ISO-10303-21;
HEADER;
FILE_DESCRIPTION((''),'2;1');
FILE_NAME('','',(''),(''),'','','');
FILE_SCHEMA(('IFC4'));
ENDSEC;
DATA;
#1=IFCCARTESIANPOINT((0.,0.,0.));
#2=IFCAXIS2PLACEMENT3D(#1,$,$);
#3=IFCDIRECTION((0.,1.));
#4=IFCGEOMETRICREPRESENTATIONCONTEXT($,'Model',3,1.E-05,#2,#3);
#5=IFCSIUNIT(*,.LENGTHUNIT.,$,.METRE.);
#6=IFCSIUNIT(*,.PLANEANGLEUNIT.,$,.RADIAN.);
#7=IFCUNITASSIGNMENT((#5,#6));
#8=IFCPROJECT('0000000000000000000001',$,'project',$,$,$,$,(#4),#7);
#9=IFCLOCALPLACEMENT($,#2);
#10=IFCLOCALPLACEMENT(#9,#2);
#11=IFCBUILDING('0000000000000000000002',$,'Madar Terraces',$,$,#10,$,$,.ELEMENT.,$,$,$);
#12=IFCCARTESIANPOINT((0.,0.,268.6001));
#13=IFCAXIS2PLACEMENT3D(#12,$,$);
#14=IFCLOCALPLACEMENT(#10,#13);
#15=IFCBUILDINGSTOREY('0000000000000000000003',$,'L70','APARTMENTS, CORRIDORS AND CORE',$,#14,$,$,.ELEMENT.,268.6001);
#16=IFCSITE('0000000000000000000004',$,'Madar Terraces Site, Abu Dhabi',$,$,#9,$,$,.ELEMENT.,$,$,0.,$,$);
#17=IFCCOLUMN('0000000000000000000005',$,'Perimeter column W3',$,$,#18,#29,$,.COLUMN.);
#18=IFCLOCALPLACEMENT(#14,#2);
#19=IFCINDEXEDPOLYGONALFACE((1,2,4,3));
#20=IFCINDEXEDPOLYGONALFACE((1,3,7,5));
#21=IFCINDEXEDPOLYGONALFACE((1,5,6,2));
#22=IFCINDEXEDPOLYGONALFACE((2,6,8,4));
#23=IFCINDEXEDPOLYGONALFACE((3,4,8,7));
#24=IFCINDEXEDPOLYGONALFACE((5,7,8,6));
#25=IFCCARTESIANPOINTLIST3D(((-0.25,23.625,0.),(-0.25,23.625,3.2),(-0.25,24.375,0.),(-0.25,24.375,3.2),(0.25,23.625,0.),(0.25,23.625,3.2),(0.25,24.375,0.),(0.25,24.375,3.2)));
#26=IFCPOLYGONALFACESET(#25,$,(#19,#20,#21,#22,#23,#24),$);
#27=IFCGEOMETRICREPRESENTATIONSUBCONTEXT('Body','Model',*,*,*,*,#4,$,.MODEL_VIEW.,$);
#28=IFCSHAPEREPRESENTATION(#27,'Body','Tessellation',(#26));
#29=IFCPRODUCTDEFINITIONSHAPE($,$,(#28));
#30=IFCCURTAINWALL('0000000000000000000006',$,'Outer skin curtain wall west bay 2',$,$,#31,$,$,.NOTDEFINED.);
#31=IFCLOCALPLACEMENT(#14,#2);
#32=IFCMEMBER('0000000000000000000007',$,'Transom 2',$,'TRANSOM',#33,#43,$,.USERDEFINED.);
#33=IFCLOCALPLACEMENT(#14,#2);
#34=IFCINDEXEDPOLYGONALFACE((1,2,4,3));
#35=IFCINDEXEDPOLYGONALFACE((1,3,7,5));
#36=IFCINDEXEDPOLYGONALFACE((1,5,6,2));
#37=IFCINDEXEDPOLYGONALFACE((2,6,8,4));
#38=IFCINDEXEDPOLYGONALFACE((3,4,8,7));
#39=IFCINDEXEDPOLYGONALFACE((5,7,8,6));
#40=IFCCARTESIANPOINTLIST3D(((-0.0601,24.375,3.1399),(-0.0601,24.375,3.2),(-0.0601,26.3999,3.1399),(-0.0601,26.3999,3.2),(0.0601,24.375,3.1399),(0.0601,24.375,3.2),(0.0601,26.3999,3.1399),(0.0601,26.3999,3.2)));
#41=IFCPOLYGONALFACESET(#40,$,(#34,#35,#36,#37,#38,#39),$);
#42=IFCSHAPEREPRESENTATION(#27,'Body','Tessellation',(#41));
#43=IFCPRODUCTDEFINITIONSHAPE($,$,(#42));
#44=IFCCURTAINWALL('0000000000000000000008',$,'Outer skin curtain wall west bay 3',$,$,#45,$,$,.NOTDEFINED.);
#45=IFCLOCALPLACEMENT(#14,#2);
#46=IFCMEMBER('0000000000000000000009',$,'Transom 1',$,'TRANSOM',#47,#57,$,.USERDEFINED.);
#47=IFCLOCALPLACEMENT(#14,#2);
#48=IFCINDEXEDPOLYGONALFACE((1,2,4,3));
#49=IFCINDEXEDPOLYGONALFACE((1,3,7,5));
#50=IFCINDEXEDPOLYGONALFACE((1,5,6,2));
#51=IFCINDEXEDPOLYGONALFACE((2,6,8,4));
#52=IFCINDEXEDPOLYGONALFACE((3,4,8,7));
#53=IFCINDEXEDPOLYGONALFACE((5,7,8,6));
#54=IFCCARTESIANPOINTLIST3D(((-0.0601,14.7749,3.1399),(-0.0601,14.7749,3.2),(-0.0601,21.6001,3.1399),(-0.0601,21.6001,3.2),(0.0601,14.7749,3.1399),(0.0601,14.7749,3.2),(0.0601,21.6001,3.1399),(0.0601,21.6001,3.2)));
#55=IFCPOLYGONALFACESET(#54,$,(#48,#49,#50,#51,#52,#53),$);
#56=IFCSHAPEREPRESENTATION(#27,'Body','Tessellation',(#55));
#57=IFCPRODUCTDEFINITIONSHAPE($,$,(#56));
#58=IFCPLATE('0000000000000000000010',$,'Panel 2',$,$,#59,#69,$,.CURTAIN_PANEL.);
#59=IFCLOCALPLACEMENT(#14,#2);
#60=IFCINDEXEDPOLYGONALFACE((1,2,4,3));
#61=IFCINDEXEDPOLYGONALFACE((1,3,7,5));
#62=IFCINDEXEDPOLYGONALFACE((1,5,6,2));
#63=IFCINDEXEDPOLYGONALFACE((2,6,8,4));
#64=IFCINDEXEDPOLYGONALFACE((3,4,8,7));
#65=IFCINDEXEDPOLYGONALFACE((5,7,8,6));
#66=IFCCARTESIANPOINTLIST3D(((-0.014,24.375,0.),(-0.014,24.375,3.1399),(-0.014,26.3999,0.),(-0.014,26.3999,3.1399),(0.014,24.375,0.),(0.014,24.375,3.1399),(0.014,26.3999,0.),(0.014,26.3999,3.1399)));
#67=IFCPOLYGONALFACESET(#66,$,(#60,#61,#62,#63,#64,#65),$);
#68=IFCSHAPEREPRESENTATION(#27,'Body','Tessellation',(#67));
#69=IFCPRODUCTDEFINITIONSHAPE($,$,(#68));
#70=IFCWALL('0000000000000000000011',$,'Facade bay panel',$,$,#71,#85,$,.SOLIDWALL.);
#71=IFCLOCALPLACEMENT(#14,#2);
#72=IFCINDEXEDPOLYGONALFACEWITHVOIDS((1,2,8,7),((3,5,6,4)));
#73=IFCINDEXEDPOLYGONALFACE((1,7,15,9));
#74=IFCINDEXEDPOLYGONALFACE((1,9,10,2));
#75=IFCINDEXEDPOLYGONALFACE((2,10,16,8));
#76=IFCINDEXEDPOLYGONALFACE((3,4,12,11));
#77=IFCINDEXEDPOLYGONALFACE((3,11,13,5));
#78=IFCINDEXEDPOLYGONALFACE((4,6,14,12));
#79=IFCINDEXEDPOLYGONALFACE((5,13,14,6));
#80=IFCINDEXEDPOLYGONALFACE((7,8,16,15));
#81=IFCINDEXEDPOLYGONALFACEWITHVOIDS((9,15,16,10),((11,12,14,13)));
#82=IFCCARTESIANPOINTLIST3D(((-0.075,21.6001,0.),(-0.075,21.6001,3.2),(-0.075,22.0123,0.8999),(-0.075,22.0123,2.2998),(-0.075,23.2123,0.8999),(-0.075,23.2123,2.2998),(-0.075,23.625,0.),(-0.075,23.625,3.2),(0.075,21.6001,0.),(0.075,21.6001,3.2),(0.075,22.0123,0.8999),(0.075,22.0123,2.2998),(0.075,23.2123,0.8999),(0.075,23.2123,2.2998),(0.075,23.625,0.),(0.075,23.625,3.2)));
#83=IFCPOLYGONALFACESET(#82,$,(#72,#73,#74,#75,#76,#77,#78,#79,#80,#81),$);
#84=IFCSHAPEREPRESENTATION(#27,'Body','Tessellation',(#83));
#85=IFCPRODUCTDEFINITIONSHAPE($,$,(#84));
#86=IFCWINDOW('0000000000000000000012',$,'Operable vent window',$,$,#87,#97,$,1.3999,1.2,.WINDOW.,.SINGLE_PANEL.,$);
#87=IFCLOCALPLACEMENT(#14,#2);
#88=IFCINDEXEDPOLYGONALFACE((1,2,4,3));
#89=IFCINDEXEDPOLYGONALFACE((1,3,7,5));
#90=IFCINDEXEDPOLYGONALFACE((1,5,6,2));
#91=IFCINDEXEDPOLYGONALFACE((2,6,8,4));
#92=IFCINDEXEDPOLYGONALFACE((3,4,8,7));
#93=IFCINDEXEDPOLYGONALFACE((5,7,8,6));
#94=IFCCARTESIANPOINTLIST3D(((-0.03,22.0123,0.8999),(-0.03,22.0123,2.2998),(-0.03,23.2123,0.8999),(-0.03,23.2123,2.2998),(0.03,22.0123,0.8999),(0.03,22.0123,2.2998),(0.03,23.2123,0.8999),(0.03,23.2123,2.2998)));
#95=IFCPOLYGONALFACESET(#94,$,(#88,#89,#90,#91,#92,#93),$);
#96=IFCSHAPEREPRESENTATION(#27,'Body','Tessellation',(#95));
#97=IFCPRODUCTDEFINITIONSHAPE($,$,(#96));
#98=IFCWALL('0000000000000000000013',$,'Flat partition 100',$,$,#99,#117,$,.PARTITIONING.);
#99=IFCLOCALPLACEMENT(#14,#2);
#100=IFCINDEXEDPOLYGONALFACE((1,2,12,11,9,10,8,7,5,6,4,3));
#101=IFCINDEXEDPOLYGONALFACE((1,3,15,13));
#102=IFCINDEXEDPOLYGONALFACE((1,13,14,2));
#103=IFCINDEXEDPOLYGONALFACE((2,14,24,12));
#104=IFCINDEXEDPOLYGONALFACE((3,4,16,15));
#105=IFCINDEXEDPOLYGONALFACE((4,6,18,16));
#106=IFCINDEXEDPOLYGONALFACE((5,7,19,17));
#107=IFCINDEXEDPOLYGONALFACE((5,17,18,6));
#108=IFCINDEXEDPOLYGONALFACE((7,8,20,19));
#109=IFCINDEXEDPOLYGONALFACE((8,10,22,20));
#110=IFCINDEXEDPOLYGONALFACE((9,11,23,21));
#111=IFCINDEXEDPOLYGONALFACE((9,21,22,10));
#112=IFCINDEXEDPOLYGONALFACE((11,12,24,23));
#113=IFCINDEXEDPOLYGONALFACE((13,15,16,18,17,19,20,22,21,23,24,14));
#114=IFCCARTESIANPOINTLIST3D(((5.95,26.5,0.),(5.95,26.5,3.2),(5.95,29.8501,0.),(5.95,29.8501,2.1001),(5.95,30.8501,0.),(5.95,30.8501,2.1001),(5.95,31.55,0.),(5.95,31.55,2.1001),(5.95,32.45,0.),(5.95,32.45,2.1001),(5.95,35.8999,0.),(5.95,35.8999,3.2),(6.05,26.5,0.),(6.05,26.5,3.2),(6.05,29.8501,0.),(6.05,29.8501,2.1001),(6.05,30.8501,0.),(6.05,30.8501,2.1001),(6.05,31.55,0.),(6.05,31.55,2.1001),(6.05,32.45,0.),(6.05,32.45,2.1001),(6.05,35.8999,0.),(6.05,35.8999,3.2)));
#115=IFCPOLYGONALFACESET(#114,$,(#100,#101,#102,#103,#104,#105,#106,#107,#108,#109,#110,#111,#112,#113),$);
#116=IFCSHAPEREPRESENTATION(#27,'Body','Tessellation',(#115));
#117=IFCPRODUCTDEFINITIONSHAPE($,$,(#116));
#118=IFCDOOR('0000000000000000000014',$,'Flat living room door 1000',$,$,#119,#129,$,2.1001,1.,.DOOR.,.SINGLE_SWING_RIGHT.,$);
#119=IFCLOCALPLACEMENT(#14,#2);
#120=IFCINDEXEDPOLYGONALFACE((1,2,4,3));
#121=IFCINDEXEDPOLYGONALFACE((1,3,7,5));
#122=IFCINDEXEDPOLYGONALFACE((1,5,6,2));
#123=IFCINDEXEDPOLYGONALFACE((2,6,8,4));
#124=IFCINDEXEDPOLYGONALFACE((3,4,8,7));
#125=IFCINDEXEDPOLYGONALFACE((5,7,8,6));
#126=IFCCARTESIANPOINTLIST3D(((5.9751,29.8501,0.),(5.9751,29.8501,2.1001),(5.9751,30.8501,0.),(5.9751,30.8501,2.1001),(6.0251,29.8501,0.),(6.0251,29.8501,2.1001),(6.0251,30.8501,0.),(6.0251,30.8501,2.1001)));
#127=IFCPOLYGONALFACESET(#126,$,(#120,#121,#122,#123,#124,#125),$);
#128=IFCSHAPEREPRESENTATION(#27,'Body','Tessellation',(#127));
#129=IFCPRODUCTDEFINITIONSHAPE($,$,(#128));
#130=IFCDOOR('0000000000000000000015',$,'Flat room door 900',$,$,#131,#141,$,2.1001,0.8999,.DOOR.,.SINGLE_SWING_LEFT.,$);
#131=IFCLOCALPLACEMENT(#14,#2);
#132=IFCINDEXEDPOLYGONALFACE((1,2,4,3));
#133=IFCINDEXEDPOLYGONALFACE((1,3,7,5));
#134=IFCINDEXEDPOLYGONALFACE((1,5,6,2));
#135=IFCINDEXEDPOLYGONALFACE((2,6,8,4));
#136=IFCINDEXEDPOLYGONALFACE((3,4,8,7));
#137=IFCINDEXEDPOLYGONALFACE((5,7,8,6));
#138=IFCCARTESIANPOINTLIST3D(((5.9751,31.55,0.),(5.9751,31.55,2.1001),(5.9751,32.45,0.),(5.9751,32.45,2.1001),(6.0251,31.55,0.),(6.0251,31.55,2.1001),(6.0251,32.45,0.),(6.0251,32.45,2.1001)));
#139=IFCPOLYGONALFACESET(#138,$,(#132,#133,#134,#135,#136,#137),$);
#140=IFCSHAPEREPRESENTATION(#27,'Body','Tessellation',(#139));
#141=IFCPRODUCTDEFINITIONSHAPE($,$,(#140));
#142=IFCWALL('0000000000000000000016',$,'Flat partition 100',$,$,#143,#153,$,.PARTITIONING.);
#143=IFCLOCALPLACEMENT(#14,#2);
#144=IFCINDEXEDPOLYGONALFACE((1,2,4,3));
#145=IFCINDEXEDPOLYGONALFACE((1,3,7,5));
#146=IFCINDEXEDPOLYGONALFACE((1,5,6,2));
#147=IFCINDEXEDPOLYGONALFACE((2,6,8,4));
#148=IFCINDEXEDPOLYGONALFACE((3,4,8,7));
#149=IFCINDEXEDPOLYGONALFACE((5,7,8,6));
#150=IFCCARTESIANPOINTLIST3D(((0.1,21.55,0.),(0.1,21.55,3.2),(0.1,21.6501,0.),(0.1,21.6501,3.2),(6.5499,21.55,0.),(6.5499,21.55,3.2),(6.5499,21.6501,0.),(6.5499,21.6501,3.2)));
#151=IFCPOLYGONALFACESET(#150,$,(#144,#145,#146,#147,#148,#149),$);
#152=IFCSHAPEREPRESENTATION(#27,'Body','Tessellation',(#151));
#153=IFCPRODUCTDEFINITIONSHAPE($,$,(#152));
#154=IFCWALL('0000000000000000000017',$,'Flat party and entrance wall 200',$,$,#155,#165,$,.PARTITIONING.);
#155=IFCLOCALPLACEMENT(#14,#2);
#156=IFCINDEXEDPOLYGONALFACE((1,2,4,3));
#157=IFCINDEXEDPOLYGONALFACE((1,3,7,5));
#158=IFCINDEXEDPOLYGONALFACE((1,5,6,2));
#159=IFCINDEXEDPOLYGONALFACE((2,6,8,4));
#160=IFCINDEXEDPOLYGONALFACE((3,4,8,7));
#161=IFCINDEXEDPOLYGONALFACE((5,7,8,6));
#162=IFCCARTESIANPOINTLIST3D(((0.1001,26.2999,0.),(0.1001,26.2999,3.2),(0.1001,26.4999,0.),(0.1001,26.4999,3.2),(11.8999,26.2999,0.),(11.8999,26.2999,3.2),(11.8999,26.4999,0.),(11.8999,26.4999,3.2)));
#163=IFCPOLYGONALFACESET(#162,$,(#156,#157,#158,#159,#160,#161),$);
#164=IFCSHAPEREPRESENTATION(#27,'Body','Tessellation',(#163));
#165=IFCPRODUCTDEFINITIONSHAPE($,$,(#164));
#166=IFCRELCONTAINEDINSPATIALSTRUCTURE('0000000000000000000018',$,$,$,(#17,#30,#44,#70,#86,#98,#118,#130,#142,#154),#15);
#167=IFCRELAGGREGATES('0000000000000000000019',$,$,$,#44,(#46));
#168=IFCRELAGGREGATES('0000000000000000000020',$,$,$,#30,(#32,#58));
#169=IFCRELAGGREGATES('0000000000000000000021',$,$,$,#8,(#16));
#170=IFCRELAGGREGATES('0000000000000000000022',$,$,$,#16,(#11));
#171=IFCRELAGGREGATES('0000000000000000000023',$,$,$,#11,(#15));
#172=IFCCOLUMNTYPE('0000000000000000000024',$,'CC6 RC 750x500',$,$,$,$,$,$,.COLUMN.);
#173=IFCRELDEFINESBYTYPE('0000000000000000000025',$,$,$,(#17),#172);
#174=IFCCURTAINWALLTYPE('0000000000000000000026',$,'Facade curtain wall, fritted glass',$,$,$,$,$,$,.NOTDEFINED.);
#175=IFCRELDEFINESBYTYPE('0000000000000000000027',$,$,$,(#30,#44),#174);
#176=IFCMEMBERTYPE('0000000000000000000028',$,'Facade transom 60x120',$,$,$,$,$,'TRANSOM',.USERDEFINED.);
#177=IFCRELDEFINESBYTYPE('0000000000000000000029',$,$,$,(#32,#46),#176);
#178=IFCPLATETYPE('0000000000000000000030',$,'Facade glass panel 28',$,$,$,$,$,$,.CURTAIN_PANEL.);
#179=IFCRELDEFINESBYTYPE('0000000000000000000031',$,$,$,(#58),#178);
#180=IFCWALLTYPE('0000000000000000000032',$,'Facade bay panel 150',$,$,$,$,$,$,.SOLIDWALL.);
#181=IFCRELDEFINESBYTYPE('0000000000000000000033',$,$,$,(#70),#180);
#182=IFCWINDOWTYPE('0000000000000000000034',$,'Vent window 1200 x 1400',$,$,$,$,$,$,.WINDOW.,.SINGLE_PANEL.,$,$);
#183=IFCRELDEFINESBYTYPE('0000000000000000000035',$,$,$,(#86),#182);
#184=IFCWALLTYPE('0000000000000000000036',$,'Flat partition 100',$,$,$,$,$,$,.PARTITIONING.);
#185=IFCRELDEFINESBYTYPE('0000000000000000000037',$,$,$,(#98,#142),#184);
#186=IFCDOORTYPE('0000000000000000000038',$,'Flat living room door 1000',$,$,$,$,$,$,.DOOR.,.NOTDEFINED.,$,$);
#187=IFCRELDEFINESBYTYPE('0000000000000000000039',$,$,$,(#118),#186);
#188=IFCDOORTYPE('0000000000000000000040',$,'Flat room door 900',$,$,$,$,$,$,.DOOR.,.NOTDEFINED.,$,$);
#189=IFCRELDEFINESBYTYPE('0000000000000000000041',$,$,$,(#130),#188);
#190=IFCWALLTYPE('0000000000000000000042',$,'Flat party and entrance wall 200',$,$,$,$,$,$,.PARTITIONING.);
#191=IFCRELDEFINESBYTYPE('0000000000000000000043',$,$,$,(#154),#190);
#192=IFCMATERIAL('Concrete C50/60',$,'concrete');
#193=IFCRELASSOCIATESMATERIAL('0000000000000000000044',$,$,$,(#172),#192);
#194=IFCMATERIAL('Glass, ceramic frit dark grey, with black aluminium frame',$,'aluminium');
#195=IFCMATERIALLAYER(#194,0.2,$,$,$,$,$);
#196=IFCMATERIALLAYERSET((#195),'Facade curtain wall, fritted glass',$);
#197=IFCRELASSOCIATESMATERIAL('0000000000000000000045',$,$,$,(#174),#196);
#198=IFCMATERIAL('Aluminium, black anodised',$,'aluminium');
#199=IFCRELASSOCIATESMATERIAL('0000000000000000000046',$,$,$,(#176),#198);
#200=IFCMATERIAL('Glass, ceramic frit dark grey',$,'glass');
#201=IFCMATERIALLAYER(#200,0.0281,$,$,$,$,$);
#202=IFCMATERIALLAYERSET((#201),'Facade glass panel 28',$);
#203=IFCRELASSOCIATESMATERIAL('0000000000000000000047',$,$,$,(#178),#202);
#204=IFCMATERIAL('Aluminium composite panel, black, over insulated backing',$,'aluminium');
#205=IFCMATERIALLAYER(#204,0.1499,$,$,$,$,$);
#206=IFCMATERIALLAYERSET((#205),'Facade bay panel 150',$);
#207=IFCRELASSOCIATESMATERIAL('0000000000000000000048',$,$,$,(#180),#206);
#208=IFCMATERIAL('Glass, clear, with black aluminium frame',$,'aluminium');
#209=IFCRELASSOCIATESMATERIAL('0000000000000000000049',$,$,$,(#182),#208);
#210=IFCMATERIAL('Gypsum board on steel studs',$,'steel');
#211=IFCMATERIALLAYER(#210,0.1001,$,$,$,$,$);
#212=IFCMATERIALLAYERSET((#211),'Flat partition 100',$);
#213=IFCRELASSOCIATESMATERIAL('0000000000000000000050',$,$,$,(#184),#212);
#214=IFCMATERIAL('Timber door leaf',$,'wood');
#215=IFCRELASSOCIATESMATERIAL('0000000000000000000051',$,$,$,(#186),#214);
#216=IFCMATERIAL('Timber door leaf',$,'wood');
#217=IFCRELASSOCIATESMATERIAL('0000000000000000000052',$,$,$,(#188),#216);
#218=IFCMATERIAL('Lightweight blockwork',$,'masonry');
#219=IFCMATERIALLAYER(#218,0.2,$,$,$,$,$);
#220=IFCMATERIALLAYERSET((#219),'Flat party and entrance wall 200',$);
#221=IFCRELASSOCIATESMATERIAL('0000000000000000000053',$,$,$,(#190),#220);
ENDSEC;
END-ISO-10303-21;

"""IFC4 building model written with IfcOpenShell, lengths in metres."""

from ifc_helpers import new_model, si_unit, direction, frame, frame_2d, origin, origin_2d, place, context, subcontext, project, spatial, rectangle, extrude, material, layer, layer_set, material_profile, profile_set, type_object, element, fill, aggregate, save


model = new_model("IFC4")

# Units and contexts
model_context = context("Model", 3, precision=1e-05, world=origin(), true_north=direction((0.0, 1.0)))
body_context = subcontext(model_context, "Body", "Model", "MODEL_VIEW")
ifc_project = project(units=[si_unit("LENGTHUNIT", "METRE"), si_unit("PLANEANGLEUNIT", "RADIAN")], contexts=[model_context])

# Site, building, storey
site_placement = place(None, origin())
site = spatial("IfcSite", under=ifc_project, at=site_placement, Name="Madar Terraces Site, Abu Dhabi", CompositionType="ELEMENT", RefElevation=0.0)
building_placement = place(site_placement, origin())
building = spatial("IfcBuilding", under=site, at=building_placement, Name="Madar Terraces", CompositionType="ELEMENT")
storey_placement = place(building_placement, frame((0.0, 0.0, 268.6001)))
storey = spatial("IfcBuildingStorey", under=building, at=storey_placement, Name="L70", Description="APARTMENTS, CORRIDORS AND CORE", CompositionType="ELEMENT", Elevation=268.6001)

# Column
ifc_material_1 = material(Name="Concrete C50/60", Category="concrete")
ifc_material_profile_1 = material_profile(ifc_material_1, rectangle(XDim=0.75, YDim=0.5, at=origin_2d()), Name="CC6 RC 750x500")
ifc_profile_set_1 = profile_set([ifc_material_profile_1], Name="Concrete C50/60")
column_type = type_object("IfcColumnType", Name="CC6 RC 750x500", PredefinedType="COLUMN", material=ifc_profile_set_1)
column_placement = place(storey_placement, frame((0.0, 24.0, 0.0), z_axis=(0.0, 0.0, 1.0), x_axis=(0.0, 1.0, 0.0)))
element("IfcColumn", 1, at=column_placement, inside=storey, type_object=column_type, Name="Perimeter column W3", PredefinedType="COLUMN", context=body_context, shape_type="SweptSolid", body=[
    extrude(rectangle(XDim=0.75, YDim=0.5, at=origin_2d()), origin(), (0.0, 0.0, 1.0), 3.2),
])

# Curtain walls, members
ifc_material_2 = material(Name="Glass, ceramic frit dark grey, with black aluminium frame", Category="aluminium")
ifc_layer_1 = layer(ifc_material_2, 0.2)
ifc_layer_set_1 = layer_set([ifc_layer_1], Name="Facade curtain wall, fritted glass")
curtain_wall_type = type_object("IfcCurtainWallType", Name="Facade curtain wall, fritted glass", PredefinedType="NOTDEFINED", material=ifc_layer_set_1)
curtain_wall_1_placement = place(storey_placement, origin())
curtain_wall_1 = element("IfcCurtainWall", 2, at=curtain_wall_1_placement, inside=storey, type_object=curtain_wall_type, Name="Outer skin curtain wall west bay 2", PredefinedType="NOTDEFINED")
ifc_material_3 = material(Name="Aluminium, black anodised", Category="aluminium")
ifc_material_profile_2 = material_profile(ifc_material_3, rectangle(XDim=0.1201, YDim=0.0601, at=origin_2d()), Name="Facade transom 60x120")
ifc_profile_set_2 = profile_set([ifc_material_profile_2], Name="Aluminium, black anodised")
member_type = type_object("IfcMemberType", Name="Facade transom 60x120", ElementType="TRANSOM", PredefinedType="USERDEFINED", material=ifc_profile_set_2)
member_1_placement = place(storey_placement, frame((0.0, 26.3999, 3.1699), z_axis=(0.0, -1.0, 0.0), x_axis=(1.0, 0.0, 0.0)))
member_1 = element("IfcMember", 3, at=member_1_placement, type_object=member_type, Name="Transom 2", ObjectType="TRANSOM", PredefinedType="USERDEFINED", context=body_context, shape_type="SweptSolid", body=[
    extrude(rectangle(XDim=0.1201, YDim=0.0601, at=origin_2d()), origin(), (0.0, 0.0, 1.0), 2.0249),
])
curtain_wall_2_placement = place(storey_placement, origin())
curtain_wall_2 = element("IfcCurtainWall", 4, at=curtain_wall_2_placement, inside=storey, type_object=curtain_wall_type, Name="Outer skin curtain wall west bay 3", PredefinedType="NOTDEFINED")
member_2_placement = place(storey_placement, frame((0.0, 21.6001, 3.1699), z_axis=(0.0, -1.0, 0.0), x_axis=(1.0, 0.0, 0.0)))
member_2 = element("IfcMember", 5, at=member_2_placement, type_object=member_type, Name="Transom 1", ObjectType="TRANSOM", PredefinedType="USERDEFINED", context=body_context, shape_type="SweptSolid", body=[
    extrude(rectangle(XDim=0.1201, YDim=0.0601, at=origin_2d()), origin(), (0.0, 0.0, 1.0), 6.8252),
])
aggregate(curtain_wall_2, [member_2])

# Plate
ifc_material_4 = material(Name="Glass, ceramic frit dark grey", Category="glass")
ifc_layer_2 = layer(ifc_material_4, 0.0281)
ifc_layer_set_2 = layer_set([ifc_layer_2], Name="Facade glass panel 28")
plate_type = type_object("IfcPlateType", Name="Facade glass panel 28", PredefinedType="CURTAIN_PANEL", material=ifc_layer_set_2)
plate_placement = place(storey_placement, frame((0.0, 25.3875, 0.0), z_axis=(0.0, 0.0, 1.0), x_axis=(0.0, -1.0, 0.0)))
plate = element("IfcPlate", 6, at=plate_placement, type_object=plate_type, Name="Panel 2", PredefinedType="CURTAIN_PANEL", context=body_context, shape_type="SweptSolid", body=[
    extrude(rectangle(XDim=2.0249, YDim=0.0281, at=origin_2d()), origin(), (0.0, 0.0, 1.0), 3.1399),
])
aggregate(curtain_wall_1, [member_1, plate])

# Shared definitions
ifc_material_5 = material(Name="Aluminium composite panel, black, over insulated backing", Category="aluminium")
ifc_layer_3 = layer(ifc_material_5, 0.1499)
ifc_layer_set_3 = layer_set([ifc_layer_3], Name="Facade bay panel 150")
wall_type_1 = type_object("IfcWallType", Name="Facade bay panel 150", PredefinedType="SOLIDWALL", material=ifc_layer_set_3)

# Wall, opening, window
wall_1_placement = place(storey_placement, frame((0.0, 23.625, 0.0), z_axis=(0.0, 0.0, 1.0), x_axis=(0.0, -1.0, 0.0)))
wall_1 = element("IfcWall", 7, at=wall_1_placement, inside=storey, type_object=wall_type_1, Name="Facade bay panel", PredefinedType="SOLIDWALL", context=body_context, shape_type="SweptSolid", body=[
    extrude(rectangle(XDim=2.0249, YDim=0.1499, at=frame_2d((1.0125, 0.0))), origin(), (0.0, 0.0, 1.0), 3.2),
])
opening_1_placement = place(wall_1_placement, frame((0.4126, 0.0, 0.8999)))
opening_1 = element("IfcOpeningElement", 8, at=opening_1_placement, cuts=wall_1, PredefinedType="OPENING", context=body_context, shape_type="SweptSolid", body=[
    extrude(rectangle(XDim=1.2, YDim=1.3999, at=frame_2d((0.6001, 0.7))), frame((0.0, 0.085, 0.0), z_axis=(0.0, -1.0, 0.0), x_axis=(1.0, 0.0, 0.0)), (0.0, 0.0, 1.0), 0.1699),
])
ifc_material_6 = material(Name="Glass, clear, with black aluminium frame", Category="aluminium")
window_type = type_object("IfcWindowType", Name="Vent window 1200 x 1400", PartitioningType="SINGLE_PANEL", PredefinedType="WINDOW", material=ifc_material_6)
window_placement = place(opening_1_placement, origin())
window = element("IfcWindow", 9, at=window_placement, inside=storey, type_object=window_type, Name="Operable vent window", OverallHeight=1.3999, OverallWidth=1.2, PartitioningType="SINGLE_PANEL", PredefinedType="WINDOW", context=body_context, shape_type="SweptSolid", body=[
    extrude(rectangle(XDim=1.2, YDim=1.3999, at=frame_2d((0.6001, 0.7))), frame((0.0, 0.03, 0.0), z_axis=(0.0, -1.0, 0.0), x_axis=(1.0, 0.0, 0.0)), (0.0, 0.0, 1.0), 0.0601),
])
fill(opening_1, window)

# Wall, openings, doors
ifc_material_7 = material(Name="Gypsum board on steel studs", Category="steel")
ifc_layer_4 = layer(ifc_material_7, 0.1001)
ifc_layer_set_4 = layer_set([ifc_layer_4], Name="Flat partition 100")
wall_type_2 = type_object("IfcWallType", Name="Flat partition 100", PredefinedType="PARTITIONING", material=ifc_layer_set_4)
wall_2_placement = place(storey_placement, frame((6.0, 26.5, 0.0), z_axis=(0.0, 0.0, 1.0), x_axis=(0.0, 1.0, 0.0)))
wall_2 = element("IfcWall", 10, at=wall_2_placement, inside=storey, type_object=wall_type_2, Name="Flat partition 100", PredefinedType="PARTITIONING", context=body_context, shape_type="SweptSolid", body=[
    extrude(rectangle(XDim=9.3999, YDim=0.1001, at=frame_2d((4.7, 0.0))), origin(), (0.0, 0.0, 1.0), 3.2),
])
opening_2_placement = place(wall_2_placement, frame((3.3501, 0.0, 0.0)))
opening_2 = element("IfcOpeningElement", 11, at=opening_2_placement, cuts=wall_2, PredefinedType="OPENING", context=body_context, shape_type="SweptSolid", body=[
    extrude(rectangle(XDim=1.0, YDim=2.1001, at=frame_2d((0.5, 1.05))), frame((0.0, 0.0601, 0.0), z_axis=(0.0, -1.0, 0.0), x_axis=(1.0, 0.0, 0.0)), (0.0, 0.0, 1.0), 0.1201),
])
opening_3_placement = place(wall_2_placement, frame((5.05, 0.0, 0.0)))
opening_3 = element("IfcOpeningElement", 12, at=opening_3_placement, cuts=wall_2, PredefinedType="OPENING", context=body_context, shape_type="SweptSolid", body=[
    extrude(rectangle(XDim=0.8999, YDim=2.1001, at=frame_2d((0.45, 1.05))), frame((0.0, 0.0601, 0.0), z_axis=(0.0, -1.0, 0.0), x_axis=(1.0, 0.0, 0.0)), (0.0, 0.0, 1.0), 0.1201),
])
ifc_material_8 = material(Name="Timber door leaf", Category="wood")
door_type_1 = type_object("IfcDoorType", Name="Flat living room door 1000", OperationType="NOTDEFINED", PredefinedType="DOOR", material=ifc_material_8)
door_1_placement = place(opening_2_placement, origin())
door_1 = element("IfcDoor", 13, at=door_1_placement, inside=storey, type_object=door_type_1, Name="Flat living room door 1000", OperationType="SINGLE_SWING_RIGHT", OverallHeight=2.1001, OverallWidth=1.0, PredefinedType="DOOR", context=body_context, shape_type="SweptSolid", body=[
    extrude(rectangle(XDim=1.0, YDim=2.1001, at=frame_2d((0.5, 1.05))), frame((0.0, 0.0249, 0.0), z_axis=(0.0, -1.0, 0.0), x_axis=(1.0, 0.0, 0.0)), (0.0, 0.0, 1.0), 0.05),
])
fill(opening_2, door_1)
ifc_material_9 = material(Name="Timber door leaf", Category="wood")
door_type_2 = type_object("IfcDoorType", Name="Flat room door 900", OperationType="NOTDEFINED", PredefinedType="DOOR", material=ifc_material_9)
door_2_placement = place(opening_3_placement, origin())
door_2 = element("IfcDoor", 14, at=door_2_placement, inside=storey, type_object=door_type_2, Name="Flat room door 900", OperationType="SINGLE_SWING_LEFT", OverallHeight=2.1001, OverallWidth=0.8999, PredefinedType="DOOR", context=body_context, shape_type="SweptSolid", body=[
    extrude(rectangle(XDim=0.8999, YDim=2.1001, at=frame_2d((0.45, 1.05))), frame((0.0, 0.0249, 0.0), z_axis=(0.0, -1.0, 0.0), x_axis=(1.0, 0.0, 0.0)), (0.0, 0.0, 1.0), 0.05),
])
fill(opening_3, door_2)

# Walls
wall_3_placement = place(storey_placement, frame((6.55, 21.6001, 0.0), z_axis=(0.0, 0.0, 1.0), x_axis=(-1.0, 0.0, 0.0)))
element("IfcWall", 15, at=wall_3_placement, inside=storey, type_object=wall_type_2, Name="Flat partition 100", PredefinedType="PARTITIONING", context=body_context, shape_type="SweptSolid", body=[
    extrude(rectangle(XDim=6.45, YDim=0.1001, at=frame_2d((3.2251, 0.0))), origin(), (0.0, 0.0, 1.0), 3.2),
])
ifc_material_10 = material(Name="Lightweight blockwork", Category="masonry")
ifc_layer_5 = layer(ifc_material_10, 0.2)
ifc_layer_set_5 = layer_set([ifc_layer_5], Name="Flat party and entrance wall 200")
wall_type_3 = type_object("IfcWallType", Name="Flat party and entrance wall 200", PredefinedType="PARTITIONING", material=ifc_layer_set_5)
wall_4_placement = place(storey_placement, frame((0.1001, 26.3999, 0.0), z_axis=(0.0, 0.0, 1.0), x_axis=(1.0, 0.0, 0.0)))
element("IfcWall", 16, at=wall_4_placement, inside=storey, type_object=wall_type_3, Name="Flat party and entrance wall 200", PredefinedType="PARTITIONING", context=body_context, shape_type="SweptSolid", body=[
    extrude(rectangle(XDim=11.7998, YDim=0.2, at=frame_2d((5.8999, 0.0))), origin(), (0.0, 0.0, 1.0), 3.2),
])

save(model, "model.ifc")
